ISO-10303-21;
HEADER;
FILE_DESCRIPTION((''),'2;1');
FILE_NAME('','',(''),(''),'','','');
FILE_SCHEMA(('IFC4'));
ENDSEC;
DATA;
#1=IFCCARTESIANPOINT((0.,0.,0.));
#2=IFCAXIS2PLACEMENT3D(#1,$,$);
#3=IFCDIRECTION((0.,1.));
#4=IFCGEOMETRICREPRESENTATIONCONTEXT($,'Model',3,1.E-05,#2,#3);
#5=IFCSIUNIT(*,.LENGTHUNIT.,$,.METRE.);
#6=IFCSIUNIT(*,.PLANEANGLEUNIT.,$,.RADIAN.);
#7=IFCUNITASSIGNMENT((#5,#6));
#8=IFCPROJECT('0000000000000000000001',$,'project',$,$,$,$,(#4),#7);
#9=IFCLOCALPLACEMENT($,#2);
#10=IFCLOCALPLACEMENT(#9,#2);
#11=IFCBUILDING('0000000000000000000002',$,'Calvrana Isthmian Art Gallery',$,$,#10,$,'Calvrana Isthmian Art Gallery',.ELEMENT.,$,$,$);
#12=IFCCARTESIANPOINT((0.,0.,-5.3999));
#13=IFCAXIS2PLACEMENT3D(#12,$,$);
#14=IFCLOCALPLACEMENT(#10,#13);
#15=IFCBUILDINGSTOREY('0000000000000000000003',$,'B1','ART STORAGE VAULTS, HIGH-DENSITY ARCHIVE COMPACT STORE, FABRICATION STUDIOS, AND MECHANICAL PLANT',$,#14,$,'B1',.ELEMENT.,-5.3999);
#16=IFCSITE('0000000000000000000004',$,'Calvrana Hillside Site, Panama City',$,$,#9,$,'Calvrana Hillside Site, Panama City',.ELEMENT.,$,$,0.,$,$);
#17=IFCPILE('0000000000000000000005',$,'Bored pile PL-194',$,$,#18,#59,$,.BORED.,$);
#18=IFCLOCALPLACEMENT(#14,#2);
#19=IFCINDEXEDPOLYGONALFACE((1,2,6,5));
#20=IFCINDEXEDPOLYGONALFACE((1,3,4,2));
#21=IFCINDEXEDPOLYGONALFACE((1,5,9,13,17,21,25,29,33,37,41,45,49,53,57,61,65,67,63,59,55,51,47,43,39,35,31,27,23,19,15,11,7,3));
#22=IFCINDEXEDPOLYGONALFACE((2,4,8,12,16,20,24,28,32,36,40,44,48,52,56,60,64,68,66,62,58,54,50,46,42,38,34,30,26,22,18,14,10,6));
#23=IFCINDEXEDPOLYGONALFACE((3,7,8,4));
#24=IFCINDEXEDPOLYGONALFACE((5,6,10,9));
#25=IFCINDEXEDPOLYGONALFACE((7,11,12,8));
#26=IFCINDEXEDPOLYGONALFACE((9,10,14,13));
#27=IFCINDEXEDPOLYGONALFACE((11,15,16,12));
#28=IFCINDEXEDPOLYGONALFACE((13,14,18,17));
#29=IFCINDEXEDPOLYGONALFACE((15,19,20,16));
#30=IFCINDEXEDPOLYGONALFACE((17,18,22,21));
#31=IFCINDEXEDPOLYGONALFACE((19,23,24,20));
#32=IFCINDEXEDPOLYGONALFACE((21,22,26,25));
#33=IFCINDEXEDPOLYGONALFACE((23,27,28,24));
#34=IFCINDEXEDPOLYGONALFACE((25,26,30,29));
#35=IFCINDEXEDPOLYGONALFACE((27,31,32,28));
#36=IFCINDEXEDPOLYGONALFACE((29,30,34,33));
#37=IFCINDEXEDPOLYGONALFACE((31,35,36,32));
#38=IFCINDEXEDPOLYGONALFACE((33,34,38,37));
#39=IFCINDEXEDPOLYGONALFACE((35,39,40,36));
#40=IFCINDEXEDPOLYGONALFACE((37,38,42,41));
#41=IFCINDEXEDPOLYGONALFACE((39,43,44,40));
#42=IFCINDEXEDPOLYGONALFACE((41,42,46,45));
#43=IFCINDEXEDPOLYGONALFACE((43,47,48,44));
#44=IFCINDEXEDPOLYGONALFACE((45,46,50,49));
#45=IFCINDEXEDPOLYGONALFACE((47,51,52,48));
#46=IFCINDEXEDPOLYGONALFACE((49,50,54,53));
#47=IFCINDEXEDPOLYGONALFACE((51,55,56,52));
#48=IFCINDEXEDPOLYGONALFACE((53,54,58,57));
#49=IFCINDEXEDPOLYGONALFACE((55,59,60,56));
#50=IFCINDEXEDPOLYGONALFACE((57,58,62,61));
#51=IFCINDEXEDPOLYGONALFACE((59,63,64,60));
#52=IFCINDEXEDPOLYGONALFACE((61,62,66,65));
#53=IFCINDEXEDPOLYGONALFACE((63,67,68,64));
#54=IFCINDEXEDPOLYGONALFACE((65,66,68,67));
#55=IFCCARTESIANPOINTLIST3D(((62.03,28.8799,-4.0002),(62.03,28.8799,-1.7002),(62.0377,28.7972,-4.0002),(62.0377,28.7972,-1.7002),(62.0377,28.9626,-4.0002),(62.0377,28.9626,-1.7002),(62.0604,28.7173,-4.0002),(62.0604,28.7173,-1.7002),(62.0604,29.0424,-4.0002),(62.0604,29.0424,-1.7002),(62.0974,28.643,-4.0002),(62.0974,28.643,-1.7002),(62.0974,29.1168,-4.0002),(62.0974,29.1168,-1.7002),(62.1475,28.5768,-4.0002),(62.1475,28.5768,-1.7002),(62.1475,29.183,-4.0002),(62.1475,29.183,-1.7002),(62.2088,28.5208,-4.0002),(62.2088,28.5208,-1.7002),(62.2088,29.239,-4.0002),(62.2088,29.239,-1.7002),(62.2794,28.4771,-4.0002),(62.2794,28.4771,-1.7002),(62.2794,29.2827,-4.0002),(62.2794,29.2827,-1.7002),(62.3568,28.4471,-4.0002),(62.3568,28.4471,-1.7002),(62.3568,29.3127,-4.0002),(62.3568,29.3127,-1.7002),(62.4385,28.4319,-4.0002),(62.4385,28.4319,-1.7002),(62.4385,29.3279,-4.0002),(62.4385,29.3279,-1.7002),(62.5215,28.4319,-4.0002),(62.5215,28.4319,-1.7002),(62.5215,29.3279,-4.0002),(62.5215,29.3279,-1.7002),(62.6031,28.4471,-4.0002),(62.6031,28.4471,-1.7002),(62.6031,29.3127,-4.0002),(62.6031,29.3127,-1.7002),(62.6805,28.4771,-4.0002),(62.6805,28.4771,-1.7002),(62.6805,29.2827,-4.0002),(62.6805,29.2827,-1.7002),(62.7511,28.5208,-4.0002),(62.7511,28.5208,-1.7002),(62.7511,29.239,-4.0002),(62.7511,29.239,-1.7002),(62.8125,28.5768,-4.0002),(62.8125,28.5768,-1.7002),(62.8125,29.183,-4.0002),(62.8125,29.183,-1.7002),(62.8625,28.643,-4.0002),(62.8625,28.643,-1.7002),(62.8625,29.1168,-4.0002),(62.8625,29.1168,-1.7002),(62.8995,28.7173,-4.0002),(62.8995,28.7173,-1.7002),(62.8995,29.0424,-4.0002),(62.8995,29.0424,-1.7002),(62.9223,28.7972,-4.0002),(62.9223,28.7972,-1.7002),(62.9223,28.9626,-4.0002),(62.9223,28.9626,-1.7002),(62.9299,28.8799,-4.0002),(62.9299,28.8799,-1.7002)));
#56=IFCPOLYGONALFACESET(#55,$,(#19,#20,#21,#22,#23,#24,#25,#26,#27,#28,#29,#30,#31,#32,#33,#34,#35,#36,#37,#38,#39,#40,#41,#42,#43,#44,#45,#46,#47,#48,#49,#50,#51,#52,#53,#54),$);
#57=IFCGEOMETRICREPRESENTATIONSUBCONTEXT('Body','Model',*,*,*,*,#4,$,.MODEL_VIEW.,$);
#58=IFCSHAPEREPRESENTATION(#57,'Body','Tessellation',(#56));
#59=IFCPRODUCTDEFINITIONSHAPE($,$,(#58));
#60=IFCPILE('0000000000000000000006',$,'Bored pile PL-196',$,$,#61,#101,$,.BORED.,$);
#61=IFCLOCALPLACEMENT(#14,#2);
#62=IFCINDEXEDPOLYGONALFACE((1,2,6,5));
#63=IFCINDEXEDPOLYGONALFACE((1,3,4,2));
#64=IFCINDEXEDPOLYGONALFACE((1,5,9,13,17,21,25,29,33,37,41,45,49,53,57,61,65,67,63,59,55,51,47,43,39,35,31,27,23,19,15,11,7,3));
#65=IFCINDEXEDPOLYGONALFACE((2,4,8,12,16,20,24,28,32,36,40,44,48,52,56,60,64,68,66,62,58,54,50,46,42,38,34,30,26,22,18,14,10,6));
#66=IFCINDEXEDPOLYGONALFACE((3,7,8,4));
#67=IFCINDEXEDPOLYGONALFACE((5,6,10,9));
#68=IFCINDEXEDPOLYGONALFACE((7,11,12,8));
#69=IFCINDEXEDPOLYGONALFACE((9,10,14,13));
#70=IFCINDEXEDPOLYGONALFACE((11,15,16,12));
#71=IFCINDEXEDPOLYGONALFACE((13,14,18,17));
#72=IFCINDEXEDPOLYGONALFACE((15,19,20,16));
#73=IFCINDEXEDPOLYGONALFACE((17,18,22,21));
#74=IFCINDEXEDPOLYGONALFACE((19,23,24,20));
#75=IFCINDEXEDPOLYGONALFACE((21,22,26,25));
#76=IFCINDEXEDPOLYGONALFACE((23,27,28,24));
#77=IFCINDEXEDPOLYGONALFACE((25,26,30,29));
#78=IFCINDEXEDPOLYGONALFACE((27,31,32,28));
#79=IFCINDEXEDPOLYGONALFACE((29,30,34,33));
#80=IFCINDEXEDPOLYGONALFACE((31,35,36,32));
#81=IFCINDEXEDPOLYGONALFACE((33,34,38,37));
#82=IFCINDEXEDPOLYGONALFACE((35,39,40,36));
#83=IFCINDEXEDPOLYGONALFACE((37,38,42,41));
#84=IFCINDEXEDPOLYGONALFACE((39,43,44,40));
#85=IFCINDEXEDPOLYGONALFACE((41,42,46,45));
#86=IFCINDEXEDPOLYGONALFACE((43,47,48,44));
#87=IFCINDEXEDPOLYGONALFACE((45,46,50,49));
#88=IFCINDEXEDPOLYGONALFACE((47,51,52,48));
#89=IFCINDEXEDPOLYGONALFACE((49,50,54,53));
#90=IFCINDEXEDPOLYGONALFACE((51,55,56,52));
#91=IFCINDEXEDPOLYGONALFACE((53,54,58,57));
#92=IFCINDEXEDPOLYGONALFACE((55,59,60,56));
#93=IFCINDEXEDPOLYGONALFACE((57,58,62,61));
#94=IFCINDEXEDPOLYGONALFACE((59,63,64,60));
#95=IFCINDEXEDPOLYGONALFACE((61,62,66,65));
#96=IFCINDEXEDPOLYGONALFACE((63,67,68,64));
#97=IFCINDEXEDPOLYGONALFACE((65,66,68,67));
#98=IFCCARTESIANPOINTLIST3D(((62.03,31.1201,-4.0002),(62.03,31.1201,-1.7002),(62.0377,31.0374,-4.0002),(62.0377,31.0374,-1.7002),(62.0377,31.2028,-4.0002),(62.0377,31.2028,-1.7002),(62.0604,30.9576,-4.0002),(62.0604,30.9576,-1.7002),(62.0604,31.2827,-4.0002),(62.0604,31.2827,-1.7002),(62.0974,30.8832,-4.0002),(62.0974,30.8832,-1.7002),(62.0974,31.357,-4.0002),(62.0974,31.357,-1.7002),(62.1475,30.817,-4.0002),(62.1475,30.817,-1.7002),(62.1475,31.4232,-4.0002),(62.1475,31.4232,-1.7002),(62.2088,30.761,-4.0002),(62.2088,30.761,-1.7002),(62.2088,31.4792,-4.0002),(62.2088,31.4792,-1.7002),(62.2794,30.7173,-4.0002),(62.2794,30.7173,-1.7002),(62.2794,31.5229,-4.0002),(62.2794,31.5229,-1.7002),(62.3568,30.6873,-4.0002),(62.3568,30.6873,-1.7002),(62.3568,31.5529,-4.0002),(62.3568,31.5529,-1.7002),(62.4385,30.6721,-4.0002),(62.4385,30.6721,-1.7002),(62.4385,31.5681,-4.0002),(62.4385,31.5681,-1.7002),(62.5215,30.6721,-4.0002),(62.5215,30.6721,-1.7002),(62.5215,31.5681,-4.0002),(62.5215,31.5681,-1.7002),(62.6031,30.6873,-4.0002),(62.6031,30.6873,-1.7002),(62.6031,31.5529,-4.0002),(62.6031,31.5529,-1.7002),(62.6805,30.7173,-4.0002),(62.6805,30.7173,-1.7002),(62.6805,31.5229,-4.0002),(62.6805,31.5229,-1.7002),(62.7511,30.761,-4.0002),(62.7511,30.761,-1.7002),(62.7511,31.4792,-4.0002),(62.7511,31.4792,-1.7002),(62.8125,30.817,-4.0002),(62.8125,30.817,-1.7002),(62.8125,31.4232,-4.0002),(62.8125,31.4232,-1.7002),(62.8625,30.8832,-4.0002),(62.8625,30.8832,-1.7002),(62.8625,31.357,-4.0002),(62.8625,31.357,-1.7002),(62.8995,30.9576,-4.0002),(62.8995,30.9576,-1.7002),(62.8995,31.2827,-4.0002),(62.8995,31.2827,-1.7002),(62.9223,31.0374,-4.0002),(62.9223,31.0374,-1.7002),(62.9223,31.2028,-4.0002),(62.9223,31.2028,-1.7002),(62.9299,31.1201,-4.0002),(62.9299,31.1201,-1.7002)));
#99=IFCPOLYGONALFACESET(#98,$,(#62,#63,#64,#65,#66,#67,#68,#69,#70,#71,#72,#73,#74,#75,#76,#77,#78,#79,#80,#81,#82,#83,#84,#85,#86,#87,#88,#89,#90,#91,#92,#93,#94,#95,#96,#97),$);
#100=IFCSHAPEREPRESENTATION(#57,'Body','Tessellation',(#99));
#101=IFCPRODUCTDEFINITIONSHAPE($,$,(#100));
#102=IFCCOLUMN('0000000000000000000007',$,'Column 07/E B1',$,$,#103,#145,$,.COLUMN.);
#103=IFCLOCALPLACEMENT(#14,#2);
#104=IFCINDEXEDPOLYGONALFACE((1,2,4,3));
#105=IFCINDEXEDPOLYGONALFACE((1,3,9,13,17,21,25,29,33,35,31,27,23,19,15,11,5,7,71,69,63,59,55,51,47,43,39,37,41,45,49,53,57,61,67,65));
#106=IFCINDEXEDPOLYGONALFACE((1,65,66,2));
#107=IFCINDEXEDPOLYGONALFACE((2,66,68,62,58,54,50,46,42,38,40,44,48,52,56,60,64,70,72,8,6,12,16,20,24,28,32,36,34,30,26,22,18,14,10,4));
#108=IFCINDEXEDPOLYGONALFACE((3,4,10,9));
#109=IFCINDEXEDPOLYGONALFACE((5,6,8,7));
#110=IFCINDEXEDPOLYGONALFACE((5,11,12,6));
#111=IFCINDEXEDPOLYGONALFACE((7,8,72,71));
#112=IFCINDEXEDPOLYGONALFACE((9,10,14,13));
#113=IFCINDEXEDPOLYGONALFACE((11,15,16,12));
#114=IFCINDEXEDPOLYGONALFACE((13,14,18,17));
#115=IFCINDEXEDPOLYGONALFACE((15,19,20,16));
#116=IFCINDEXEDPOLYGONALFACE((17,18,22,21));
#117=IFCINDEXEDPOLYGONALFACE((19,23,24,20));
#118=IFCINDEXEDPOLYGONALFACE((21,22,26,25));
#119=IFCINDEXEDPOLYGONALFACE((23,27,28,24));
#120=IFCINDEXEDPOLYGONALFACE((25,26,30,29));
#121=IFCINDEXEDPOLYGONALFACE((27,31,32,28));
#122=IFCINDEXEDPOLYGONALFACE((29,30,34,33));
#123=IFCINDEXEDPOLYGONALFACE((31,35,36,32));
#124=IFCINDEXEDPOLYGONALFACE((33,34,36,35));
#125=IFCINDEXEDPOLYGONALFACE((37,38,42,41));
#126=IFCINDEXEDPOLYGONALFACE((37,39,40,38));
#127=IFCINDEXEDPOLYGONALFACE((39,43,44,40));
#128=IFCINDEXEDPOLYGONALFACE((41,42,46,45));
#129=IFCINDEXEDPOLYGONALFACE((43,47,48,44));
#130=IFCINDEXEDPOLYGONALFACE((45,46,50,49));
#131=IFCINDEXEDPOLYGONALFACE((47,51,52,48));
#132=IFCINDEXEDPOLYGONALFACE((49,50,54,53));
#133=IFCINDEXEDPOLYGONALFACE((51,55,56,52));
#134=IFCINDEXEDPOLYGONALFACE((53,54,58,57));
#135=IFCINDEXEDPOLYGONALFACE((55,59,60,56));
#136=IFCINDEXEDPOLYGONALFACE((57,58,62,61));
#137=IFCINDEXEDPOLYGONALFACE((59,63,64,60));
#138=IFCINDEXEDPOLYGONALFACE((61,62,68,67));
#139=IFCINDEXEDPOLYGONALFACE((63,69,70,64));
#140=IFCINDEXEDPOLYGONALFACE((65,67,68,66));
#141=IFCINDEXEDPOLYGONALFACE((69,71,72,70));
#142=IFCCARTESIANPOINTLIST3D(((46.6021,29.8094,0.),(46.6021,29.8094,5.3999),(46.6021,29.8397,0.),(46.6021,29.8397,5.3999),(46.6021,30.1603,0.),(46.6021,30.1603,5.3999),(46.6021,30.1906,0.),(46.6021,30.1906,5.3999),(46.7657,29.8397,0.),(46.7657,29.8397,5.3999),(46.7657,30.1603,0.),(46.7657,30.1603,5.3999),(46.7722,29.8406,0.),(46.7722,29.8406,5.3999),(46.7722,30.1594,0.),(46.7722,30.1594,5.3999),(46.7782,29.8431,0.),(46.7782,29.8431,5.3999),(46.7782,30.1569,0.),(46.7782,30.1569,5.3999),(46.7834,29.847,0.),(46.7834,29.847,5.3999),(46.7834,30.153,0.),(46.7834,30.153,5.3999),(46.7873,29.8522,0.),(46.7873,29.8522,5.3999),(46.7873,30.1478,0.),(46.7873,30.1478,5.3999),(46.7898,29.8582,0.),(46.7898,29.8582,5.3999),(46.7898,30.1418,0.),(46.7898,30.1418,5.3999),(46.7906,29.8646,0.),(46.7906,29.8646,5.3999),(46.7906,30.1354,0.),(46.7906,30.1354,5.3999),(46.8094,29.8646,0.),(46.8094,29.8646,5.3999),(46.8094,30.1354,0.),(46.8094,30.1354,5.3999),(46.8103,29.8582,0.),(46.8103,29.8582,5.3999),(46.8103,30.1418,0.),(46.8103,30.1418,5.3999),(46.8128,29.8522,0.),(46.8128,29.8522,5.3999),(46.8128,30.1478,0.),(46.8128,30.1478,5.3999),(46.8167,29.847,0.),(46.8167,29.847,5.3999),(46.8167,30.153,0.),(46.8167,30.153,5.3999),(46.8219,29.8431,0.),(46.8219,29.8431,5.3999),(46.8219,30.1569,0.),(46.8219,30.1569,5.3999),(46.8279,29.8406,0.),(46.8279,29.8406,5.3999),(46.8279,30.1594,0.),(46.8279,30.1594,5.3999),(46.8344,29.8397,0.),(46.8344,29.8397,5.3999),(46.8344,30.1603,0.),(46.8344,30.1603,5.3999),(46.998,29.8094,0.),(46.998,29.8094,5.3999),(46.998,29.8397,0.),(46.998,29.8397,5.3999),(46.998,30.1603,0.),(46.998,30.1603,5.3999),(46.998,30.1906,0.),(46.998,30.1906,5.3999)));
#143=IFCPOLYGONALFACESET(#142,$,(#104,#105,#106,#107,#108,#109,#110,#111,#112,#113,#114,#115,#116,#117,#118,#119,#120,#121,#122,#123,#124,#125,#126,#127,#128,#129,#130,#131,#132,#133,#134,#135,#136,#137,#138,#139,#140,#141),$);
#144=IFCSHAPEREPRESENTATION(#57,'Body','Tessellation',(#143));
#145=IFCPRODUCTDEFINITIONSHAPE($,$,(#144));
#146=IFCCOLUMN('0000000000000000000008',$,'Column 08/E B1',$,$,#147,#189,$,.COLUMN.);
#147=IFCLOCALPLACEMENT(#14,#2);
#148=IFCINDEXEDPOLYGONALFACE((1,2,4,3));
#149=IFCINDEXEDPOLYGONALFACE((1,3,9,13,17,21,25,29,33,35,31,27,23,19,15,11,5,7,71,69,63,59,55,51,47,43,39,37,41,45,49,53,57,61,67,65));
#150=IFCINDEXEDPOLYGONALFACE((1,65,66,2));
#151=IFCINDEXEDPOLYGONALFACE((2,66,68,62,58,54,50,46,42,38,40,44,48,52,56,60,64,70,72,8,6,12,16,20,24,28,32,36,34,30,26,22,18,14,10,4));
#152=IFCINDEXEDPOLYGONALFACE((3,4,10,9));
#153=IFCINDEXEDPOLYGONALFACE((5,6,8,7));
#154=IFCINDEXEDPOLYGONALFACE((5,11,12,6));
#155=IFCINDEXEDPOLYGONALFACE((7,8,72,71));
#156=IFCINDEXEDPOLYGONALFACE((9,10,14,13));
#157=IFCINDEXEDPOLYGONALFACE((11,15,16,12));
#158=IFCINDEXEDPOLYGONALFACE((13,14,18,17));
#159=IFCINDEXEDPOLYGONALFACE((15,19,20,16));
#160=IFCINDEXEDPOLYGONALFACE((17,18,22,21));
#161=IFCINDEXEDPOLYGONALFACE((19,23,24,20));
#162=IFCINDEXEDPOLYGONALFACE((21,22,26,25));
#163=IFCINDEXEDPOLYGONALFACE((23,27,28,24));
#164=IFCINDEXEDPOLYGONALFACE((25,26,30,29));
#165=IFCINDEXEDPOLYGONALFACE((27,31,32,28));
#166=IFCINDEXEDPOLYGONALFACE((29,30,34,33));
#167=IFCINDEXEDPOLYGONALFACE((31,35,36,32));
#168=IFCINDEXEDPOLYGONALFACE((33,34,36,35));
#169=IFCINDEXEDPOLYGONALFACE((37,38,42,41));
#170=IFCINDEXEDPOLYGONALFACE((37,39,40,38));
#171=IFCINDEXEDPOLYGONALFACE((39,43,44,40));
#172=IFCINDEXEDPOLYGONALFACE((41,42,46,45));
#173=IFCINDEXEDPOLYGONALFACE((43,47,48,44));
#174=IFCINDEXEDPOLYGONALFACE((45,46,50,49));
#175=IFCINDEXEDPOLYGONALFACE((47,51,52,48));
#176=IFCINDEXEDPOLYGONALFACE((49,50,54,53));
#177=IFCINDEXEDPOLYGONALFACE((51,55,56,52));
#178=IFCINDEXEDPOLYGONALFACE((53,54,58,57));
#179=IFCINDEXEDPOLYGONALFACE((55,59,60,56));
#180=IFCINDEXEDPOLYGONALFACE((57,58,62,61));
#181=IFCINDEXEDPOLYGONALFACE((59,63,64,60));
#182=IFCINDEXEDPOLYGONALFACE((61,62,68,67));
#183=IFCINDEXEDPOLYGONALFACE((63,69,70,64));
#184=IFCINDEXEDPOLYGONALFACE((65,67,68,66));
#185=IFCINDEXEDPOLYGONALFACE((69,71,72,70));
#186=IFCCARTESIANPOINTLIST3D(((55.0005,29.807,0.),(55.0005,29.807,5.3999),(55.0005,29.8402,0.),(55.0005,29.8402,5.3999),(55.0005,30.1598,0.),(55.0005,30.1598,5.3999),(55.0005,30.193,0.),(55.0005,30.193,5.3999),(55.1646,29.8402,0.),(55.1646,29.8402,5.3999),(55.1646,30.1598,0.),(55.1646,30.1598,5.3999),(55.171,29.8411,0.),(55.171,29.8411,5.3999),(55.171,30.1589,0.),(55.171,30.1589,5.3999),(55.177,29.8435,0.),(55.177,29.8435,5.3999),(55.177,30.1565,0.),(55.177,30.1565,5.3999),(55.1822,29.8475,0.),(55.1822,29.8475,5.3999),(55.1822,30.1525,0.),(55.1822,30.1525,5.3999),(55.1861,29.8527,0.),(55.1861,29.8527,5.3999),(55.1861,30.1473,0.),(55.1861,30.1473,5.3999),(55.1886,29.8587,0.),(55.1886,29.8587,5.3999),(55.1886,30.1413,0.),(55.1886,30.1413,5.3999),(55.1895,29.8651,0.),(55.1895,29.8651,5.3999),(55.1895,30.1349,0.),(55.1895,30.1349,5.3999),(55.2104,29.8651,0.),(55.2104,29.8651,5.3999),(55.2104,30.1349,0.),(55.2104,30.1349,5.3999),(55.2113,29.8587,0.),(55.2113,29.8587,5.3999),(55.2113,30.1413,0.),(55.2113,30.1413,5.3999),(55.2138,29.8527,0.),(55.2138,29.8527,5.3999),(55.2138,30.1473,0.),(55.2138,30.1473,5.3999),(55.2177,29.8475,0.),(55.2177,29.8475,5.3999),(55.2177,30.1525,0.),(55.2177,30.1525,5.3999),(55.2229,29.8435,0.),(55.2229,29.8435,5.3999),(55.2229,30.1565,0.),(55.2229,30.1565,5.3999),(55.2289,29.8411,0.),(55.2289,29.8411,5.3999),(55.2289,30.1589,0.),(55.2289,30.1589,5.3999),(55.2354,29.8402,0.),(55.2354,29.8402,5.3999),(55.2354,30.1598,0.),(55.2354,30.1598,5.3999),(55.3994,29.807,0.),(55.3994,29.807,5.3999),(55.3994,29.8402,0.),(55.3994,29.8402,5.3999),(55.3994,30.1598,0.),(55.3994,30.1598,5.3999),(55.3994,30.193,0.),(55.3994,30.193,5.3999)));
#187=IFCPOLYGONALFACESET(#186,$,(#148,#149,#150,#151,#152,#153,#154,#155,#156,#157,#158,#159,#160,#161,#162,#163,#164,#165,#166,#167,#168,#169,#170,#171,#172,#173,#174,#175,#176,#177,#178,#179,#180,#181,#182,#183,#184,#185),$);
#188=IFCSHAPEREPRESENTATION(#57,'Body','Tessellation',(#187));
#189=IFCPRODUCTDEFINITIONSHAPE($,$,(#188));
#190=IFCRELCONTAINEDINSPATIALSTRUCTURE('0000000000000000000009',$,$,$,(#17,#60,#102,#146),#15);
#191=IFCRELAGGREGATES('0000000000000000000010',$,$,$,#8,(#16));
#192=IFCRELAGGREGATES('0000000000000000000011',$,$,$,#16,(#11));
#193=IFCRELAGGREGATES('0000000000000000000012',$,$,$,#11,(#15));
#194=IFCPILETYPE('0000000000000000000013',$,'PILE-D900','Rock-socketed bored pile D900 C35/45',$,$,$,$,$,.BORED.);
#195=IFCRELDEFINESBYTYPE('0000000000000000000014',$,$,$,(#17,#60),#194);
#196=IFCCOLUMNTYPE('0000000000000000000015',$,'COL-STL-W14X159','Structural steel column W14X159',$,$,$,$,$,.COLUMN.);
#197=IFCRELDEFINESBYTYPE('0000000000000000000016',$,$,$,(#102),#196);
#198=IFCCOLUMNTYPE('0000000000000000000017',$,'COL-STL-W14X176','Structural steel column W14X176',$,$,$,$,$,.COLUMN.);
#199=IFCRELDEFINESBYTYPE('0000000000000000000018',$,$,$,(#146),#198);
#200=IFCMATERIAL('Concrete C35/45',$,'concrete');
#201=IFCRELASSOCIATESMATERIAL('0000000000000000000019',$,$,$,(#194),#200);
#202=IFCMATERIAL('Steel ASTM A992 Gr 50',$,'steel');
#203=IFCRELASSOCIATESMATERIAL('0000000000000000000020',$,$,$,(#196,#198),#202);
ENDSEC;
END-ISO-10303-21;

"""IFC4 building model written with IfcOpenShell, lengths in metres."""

from ifc_helpers import new_model, si_unit, direction, frame, origin, origin_2d, place, context, subcontext, project, spatial, circle, i_section, extrude, material, material_profile, profile_set, type_object, element, save


model = new_model("IFC4")

# Units and contexts
model_context = context("Model", 3, precision=1e-05, world=origin(), true_north=direction((0.0, 1.0)))
body_context = subcontext(model_context, "Body", "Model", "MODEL_VIEW")
ifc_project = project(units=[si_unit("LENGTHUNIT", "METRE"), si_unit("PLANEANGLEUNIT", "RADIAN")], contexts=[model_context])

# Site, building, storey
site_placement = place(None, origin())
site = spatial("IfcSite", under=ifc_project, at=site_placement, Name="Calvrana Hillside Site, Panama City", LongName="Calvrana Hillside Site, Panama City", CompositionType="ELEMENT", RefElevation=0.0)
building_placement = place(site_placement, origin())
building = spatial("IfcBuilding", under=site, at=building_placement, Name="Calvrana Isthmian Art Gallery", LongName="Calvrana Isthmian Art Gallery", CompositionType="ELEMENT")
storey_placement = place(building_placement, frame((0.0, 0.0, -5.3999)))
storey = spatial("IfcBuildingStorey", under=building, at=storey_placement, Name="B1", Description="ART STORAGE VAULTS, HIGH-DENSITY ARCHIVE COMPACT STORE, FABRICATION STUDIOS, AND MECHANICAL PLANT", LongName="B1", CompositionType="ELEMENT", Elevation=-5.3999)

# Shared definitions
ifc_material_1 = material(Name="Concrete C35/45", Category="concrete")

# Piles
ifc_material_profile_1 = material_profile(ifc_material_1, circle(Radius=0.45, at=origin_2d()), Name="PILE900D")
ifc_profile_set_1 = profile_set([ifc_material_profile_1], Name="Concrete C35/45")
pile_type_1 = type_object("IfcPileType", Name="PILE-D900", Description="Rock-socketed bored pile D900 C35/45", PredefinedType="BORED", material=ifc_profile_set_1)
for number, where, z_axis, x_axis, name in (
    (1, (62.48, 28.8799, -1.7002), (0.0, 0.0, -1.0), (1.0, 0.0, 0.0), "Bored pile PL-194"),
    (2, (62.48, 31.1201, -1.7002), (0.0, 0.0, -1.0), (1.0, 0.0, 0.0), "Bored pile PL-196"),
):
    element("IfcPile", number, at=place(storey_placement, frame(where, z_axis=z_axis, x_axis=x_axis)), inside=storey, type_object=pile_type_1, Name=name, PredefinedType="BORED", context=body_context, shape_type="SweptSolid", body=[
        extrude(circle(Radius=0.45, at=origin_2d()), origin(), (0.0, 0.0, 1.0), 2.3),
    ])

# Columns
ifc_material_2 = material(Name="Steel ASTM A992 Gr 50", Category="steel")
ifc_material_profile_2 = material_profile(ifc_material_2, i_section(OverallWidth=0.396, OverallDepth=0.3811, WebThickness=0.0188, FlangeThickness=0.0303, FilletRadius=0.0249, at=origin_2d()), Name="W14X159")
ifc_profile_set_2 = profile_set([ifc_material_profile_2], Name="Steel ASTM A992 Gr 50")
column_type_1 = type_object("IfcColumnType", Name="COL-STL-W14X159", Description="Structural steel column W14X159", PredefinedType="COLUMN", material=ifc_profile_set_2)
column_1_placement = place(storey_placement, frame((46.8, 30.0, 0.0), z_axis=(0.0, 0.0, 1.0), x_axis=(1.0, 0.0, 0.0)))
element("IfcColumn", 3, at=column_1_placement, inside=storey, type_object=column_type_1, Name="Column 07/E B1", PredefinedType="COLUMN", context=body_context, shape_type="SweptSolid", body=[
    extrude(i_section(OverallWidth=0.396, OverallDepth=0.3811, WebThickness=0.0188, FlangeThickness=0.0303, FilletRadius=0.0249, at=origin_2d()), origin(), (0.0, 0.0, 1.0), 5.3999),
])
ifc_material_profile_3 = material_profile(ifc_material_2, i_section(OverallWidth=0.3989, OverallDepth=0.386, WebThickness=0.021, FlangeThickness=0.0332, FilletRadius=0.0249, at=origin_2d()), Name="W14X176")
ifc_profile_set_3 = profile_set([ifc_material_profile_3], Name="Steel ASTM A992 Gr 50")
column_type_2 = type_object("IfcColumnType", Name="COL-STL-W14X176", Description="Structural steel column W14X176", PredefinedType="COLUMN", material=ifc_profile_set_3)
column_2_placement = place(storey_placement, frame((55.2, 30.0, 0.0), z_axis=(0.0, 0.0, 1.0), x_axis=(1.0, 0.0, 0.0)))
element("IfcColumn", 4, at=column_2_placement, inside=storey, type_object=column_type_2, Name="Column 08/E B1", PredefinedType="COLUMN", context=body_context, shape_type="SweptSolid", body=[
    extrude(i_section(OverallWidth=0.3989, OverallDepth=0.386, WebThickness=0.021, FlangeThickness=0.0332, FilletRadius=0.0249, at=origin_2d()), origin(), (0.0, 0.0, 1.0), 5.3999),
])

save(model, "model.ifc")
